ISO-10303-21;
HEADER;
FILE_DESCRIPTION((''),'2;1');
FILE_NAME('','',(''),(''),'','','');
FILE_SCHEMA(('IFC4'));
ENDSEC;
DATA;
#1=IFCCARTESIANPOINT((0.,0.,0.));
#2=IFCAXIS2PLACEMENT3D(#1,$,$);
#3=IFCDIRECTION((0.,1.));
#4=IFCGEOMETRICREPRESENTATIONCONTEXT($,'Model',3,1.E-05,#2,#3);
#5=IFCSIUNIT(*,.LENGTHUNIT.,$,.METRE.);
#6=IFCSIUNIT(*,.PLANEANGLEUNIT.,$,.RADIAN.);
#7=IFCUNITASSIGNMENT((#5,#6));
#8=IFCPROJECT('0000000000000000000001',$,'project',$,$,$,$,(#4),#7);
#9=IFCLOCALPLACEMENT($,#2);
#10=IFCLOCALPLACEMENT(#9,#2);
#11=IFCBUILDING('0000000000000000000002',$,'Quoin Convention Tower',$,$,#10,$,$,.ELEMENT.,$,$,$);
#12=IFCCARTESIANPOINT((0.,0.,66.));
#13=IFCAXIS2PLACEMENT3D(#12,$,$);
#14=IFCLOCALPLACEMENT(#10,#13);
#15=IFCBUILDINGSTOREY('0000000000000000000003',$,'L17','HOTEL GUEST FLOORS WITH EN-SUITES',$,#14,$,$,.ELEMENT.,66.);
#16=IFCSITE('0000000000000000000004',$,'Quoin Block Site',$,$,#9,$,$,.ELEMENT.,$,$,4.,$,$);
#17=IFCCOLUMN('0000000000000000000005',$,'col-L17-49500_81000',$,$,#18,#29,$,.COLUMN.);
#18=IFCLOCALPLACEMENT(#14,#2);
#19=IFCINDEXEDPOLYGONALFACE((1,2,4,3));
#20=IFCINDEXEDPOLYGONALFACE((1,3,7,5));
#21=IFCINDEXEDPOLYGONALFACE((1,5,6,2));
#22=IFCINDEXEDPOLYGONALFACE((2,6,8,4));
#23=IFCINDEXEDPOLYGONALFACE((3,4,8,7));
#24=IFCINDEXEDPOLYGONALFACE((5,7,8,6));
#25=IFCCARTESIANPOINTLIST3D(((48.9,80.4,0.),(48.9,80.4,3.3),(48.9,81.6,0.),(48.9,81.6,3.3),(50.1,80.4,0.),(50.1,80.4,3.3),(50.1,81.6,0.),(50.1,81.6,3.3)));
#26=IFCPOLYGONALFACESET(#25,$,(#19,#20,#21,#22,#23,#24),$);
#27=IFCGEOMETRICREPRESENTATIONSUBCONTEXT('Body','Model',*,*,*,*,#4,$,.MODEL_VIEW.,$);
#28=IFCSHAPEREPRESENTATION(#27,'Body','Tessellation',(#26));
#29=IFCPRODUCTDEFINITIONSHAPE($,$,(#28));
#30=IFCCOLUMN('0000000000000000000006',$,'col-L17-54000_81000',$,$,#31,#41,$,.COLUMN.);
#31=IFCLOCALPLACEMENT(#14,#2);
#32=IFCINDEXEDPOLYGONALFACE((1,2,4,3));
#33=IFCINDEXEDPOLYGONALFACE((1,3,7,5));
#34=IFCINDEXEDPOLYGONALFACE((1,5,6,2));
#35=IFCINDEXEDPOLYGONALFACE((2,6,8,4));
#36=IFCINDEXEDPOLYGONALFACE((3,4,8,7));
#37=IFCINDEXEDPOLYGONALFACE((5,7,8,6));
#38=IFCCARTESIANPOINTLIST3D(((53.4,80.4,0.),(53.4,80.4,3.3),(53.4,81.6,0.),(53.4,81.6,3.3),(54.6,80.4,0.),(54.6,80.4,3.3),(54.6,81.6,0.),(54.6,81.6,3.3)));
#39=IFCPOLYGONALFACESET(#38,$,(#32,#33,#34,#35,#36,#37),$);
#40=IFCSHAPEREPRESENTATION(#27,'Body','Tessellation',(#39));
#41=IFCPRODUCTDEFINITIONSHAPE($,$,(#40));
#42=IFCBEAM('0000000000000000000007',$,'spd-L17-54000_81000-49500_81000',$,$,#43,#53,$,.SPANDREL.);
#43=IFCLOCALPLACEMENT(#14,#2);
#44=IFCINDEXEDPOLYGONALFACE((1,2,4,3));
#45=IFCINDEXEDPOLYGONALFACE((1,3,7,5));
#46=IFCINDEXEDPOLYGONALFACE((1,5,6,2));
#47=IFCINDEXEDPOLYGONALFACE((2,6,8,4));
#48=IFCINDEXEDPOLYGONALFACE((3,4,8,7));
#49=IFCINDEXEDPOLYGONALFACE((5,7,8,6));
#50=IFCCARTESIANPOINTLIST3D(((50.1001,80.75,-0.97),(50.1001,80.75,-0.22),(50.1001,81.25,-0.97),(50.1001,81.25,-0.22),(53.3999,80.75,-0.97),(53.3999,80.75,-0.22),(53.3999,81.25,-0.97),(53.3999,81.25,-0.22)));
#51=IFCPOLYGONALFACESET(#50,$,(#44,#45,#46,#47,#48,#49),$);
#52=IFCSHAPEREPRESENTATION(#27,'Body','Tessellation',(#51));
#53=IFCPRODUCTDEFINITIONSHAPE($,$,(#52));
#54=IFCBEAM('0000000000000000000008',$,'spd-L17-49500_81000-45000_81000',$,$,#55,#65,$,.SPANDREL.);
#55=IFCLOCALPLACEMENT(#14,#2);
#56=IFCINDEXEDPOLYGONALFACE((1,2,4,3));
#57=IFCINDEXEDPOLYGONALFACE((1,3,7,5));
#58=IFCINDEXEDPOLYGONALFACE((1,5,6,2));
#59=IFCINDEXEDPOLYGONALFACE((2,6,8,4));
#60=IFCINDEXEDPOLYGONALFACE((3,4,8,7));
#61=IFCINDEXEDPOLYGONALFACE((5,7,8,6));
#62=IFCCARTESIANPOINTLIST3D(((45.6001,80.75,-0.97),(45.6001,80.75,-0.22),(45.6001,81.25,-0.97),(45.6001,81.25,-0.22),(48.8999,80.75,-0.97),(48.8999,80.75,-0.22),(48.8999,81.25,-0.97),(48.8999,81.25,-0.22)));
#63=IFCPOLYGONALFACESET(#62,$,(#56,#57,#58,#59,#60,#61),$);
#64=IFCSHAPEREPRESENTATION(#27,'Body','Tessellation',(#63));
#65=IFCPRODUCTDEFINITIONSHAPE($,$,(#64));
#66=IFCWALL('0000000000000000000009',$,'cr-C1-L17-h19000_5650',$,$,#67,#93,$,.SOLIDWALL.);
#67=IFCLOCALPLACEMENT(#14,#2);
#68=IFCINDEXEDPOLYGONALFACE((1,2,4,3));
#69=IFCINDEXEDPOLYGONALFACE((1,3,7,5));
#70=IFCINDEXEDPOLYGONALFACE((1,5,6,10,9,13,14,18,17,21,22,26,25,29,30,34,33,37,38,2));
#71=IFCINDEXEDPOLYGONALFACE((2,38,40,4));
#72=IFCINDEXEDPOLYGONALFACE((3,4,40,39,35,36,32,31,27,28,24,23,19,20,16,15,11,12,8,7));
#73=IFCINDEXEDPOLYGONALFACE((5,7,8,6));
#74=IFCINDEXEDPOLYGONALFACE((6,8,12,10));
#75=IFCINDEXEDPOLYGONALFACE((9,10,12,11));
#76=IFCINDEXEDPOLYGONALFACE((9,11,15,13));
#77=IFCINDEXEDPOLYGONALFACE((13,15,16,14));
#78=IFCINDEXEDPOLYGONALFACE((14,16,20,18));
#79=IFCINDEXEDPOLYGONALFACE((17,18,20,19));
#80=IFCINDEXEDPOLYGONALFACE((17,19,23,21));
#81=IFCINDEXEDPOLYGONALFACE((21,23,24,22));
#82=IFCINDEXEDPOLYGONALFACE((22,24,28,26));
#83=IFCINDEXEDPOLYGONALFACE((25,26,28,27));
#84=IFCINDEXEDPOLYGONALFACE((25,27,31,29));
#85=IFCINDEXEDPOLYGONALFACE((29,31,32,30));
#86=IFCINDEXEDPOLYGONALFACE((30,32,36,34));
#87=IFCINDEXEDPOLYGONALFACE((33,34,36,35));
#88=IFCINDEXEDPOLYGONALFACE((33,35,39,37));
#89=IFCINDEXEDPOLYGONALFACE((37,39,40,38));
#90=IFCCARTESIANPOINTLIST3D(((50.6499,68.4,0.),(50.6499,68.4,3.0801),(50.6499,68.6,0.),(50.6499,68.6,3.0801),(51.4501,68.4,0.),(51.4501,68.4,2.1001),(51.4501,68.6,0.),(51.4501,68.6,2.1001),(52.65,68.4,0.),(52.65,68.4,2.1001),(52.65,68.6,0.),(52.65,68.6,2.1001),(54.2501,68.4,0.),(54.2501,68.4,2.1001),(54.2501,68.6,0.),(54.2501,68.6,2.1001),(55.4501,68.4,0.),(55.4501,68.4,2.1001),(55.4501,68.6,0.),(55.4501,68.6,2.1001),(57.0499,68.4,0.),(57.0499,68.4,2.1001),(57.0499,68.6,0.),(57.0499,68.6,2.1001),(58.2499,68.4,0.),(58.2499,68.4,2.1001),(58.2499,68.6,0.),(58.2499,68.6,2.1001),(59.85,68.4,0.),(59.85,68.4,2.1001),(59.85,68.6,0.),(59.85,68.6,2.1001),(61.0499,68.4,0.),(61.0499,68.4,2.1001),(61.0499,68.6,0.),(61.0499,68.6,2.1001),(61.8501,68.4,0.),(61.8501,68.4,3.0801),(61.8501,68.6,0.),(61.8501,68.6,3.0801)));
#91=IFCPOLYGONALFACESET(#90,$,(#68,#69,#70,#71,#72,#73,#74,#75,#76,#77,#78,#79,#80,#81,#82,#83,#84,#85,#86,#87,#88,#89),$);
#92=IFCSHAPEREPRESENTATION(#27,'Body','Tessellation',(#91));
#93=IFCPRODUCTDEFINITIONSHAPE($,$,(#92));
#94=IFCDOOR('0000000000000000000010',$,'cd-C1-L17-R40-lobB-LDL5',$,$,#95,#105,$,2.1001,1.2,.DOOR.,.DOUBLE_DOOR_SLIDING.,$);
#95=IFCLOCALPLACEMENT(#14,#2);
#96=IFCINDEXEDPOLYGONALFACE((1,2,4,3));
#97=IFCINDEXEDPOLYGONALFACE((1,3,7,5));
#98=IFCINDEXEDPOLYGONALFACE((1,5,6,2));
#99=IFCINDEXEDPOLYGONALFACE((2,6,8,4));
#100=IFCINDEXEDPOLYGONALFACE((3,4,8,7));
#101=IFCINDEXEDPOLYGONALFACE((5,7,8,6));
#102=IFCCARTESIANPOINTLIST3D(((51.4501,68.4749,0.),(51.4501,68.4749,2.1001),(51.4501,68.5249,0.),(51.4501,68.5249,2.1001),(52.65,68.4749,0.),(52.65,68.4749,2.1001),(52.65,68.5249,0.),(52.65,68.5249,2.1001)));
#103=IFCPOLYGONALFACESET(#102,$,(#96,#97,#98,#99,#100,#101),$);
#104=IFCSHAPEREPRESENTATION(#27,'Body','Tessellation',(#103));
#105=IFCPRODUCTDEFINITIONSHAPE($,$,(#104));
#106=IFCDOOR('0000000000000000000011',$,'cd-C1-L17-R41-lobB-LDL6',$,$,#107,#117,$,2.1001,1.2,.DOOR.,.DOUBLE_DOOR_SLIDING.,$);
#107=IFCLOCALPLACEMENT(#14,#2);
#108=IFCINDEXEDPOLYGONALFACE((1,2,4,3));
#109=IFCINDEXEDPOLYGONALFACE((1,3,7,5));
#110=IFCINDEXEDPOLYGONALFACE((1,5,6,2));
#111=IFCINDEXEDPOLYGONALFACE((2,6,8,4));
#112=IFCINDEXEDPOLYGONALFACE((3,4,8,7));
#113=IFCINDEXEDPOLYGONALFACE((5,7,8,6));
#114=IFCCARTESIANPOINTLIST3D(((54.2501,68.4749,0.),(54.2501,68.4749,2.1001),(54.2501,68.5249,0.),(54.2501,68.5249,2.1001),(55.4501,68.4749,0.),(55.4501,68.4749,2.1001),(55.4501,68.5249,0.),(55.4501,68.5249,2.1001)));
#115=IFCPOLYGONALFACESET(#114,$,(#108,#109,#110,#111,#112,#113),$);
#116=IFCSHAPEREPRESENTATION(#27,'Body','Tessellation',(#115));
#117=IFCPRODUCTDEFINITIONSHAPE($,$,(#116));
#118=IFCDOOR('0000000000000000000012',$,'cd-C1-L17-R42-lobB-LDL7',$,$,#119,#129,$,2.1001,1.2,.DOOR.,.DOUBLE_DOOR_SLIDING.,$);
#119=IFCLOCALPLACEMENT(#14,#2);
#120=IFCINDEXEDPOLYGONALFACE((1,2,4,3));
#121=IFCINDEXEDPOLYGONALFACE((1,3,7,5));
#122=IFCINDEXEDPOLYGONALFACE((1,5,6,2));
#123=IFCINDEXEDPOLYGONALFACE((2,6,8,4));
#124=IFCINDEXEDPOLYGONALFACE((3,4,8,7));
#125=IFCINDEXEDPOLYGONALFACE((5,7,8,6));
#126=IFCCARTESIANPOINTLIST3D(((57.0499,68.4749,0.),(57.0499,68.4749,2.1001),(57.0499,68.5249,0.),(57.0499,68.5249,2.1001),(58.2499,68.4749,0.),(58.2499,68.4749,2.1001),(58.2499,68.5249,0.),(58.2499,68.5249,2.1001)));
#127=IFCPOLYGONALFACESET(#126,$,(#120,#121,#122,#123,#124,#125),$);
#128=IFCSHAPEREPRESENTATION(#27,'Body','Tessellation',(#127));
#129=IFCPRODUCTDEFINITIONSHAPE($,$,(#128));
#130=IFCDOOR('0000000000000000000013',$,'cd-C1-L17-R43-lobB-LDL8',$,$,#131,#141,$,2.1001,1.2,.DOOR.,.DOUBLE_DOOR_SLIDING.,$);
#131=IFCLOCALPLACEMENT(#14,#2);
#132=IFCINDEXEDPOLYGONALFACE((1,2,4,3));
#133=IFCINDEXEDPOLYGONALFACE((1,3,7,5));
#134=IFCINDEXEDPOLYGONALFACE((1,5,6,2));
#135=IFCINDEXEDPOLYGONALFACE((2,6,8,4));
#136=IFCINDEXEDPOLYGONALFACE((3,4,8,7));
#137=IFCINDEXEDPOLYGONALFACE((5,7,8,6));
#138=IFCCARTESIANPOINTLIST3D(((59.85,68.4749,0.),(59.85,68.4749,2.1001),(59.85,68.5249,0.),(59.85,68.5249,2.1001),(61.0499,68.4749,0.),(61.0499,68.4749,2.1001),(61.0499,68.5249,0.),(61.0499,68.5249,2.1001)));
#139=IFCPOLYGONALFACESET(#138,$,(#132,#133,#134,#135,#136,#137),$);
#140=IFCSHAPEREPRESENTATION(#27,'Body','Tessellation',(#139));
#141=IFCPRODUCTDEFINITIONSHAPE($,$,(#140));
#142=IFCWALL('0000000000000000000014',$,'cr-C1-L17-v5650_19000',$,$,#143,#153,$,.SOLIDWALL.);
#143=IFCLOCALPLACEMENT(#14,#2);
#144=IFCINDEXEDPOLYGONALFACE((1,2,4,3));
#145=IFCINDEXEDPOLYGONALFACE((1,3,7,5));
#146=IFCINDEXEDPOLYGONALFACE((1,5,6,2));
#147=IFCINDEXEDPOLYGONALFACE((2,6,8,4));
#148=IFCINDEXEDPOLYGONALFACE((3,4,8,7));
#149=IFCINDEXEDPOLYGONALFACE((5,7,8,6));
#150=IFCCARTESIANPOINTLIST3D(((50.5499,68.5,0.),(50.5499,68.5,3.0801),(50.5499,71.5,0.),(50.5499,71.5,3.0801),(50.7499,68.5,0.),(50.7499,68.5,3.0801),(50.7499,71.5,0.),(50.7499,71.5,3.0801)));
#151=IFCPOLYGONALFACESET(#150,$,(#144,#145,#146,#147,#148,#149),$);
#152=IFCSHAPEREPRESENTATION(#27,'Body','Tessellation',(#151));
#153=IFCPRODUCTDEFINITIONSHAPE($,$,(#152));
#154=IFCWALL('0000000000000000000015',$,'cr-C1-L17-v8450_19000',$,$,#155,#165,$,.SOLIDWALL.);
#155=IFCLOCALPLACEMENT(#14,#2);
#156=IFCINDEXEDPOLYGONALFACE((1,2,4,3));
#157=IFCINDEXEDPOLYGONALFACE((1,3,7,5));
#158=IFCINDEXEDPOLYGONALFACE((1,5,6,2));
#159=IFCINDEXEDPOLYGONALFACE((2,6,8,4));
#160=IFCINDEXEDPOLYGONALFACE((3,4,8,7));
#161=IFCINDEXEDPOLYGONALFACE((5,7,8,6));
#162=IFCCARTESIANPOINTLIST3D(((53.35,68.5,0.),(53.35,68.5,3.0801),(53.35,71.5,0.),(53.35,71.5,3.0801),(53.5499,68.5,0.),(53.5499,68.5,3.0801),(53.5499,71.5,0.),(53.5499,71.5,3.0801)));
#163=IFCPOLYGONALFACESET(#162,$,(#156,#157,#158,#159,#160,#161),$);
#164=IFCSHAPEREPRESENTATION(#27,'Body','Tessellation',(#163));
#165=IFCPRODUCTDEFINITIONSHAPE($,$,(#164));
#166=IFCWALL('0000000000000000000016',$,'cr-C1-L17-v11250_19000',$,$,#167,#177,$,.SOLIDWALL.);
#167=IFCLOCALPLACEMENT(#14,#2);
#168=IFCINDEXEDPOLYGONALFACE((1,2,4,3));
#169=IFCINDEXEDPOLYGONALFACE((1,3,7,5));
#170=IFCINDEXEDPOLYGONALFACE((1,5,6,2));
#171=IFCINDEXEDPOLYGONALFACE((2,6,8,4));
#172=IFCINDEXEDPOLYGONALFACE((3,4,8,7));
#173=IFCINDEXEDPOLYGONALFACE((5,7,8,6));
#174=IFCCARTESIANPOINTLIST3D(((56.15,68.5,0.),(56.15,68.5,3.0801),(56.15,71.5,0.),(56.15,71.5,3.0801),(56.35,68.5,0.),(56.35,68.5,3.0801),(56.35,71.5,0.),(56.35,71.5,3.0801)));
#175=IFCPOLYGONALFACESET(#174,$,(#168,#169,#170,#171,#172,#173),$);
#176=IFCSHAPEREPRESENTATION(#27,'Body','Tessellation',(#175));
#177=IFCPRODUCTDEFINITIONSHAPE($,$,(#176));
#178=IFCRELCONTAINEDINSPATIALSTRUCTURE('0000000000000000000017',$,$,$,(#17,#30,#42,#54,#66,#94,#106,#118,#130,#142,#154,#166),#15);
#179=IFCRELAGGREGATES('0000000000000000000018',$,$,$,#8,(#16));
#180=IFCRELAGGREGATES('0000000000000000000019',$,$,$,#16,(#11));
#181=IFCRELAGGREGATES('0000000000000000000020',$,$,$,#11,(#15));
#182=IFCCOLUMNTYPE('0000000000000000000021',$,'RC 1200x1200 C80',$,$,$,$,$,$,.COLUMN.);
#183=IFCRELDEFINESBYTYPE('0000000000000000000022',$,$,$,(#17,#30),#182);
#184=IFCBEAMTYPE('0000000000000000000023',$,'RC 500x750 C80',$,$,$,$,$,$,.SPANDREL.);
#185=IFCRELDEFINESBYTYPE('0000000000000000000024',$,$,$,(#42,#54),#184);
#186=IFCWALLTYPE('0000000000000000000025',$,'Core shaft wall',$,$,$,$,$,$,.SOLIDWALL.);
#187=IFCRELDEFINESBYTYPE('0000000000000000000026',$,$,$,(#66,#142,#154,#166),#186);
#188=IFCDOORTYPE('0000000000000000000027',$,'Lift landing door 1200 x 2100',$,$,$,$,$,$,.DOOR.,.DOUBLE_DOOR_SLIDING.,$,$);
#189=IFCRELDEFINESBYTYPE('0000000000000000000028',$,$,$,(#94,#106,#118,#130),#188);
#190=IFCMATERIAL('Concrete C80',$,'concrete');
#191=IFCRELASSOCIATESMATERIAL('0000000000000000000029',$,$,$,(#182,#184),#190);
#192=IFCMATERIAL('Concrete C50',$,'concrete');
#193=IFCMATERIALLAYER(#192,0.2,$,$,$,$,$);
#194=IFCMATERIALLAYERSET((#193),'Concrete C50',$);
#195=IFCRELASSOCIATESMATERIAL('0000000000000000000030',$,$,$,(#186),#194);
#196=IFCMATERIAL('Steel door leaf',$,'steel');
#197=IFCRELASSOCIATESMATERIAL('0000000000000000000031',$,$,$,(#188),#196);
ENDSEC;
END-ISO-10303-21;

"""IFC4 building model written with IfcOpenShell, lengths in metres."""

from ifc_helpers import new_model, si_unit, direction, frame, frame_2d, origin, origin_2d, place, context, subcontext, project, spatial, rectangle, extrude, material, layer, layer_set, material_profile, profile_set, type_object, element, fill, save


model = new_model("IFC4")

# Units and contexts
model_context = context("Model", 3, precision=1e-05, world=origin(), true_north=direction((0.0, 1.0)))
body_context = subcontext(model_context, "Body", "Model", "MODEL_VIEW")
ifc_project = project(units=[si_unit("LENGTHUNIT", "METRE"), si_unit("PLANEANGLEUNIT", "RADIAN")], contexts=[model_context])

# Site, building, storey
site_placement = place(None, origin())
site = spatial("IfcSite", under=ifc_project, at=site_placement, Name="Quoin Block Site", CompositionType="ELEMENT", RefElevation=4.0)
building_placement = place(site_placement, origin())
building = spatial("IfcBuilding", under=site, at=building_placement, Name="Quoin Convention Tower", CompositionType="ELEMENT")
storey_placement = place(building_placement, frame((0.0, 0.0, 66.0)))
storey = spatial("IfcBuildingStorey", under=building, at=storey_placement, Name="L17", Description="HOTEL GUEST FLOORS WITH EN-SUITES", CompositionType="ELEMENT", Elevation=66.0)

# Columns
ifc_material_1 = material(Name="Concrete C80", Category="concrete")
ifc_material_profile_1 = material_profile(ifc_material_1, rectangle(XDim=1.2, YDim=1.2, at=origin_2d()), Name="RC 1200x1200")
ifc_profile_set_1 = profile_set([ifc_material_profile_1], Name="Concrete C80")
column_type = type_object("IfcColumnType", Name="RC 1200x1200 C80", PredefinedType="COLUMN", material=ifc_profile_set_1)
for number, where, z_axis, x_axis, name in (
    (1, (49.5, 81.0, 0.0), (0.0, 0.0, 1.0), (1.0, 0.0, 0.0), "col-L17-49500_81000"),
    (2, (54.0, 81.0, 0.0), (0.0, 0.0, 1.0), (1.0, 0.0, 0.0), "col-L17-54000_81000"),
):
    element("IfcColumn", number, at=place(storey_placement, frame(where, z_axis=z_axis, x_axis=x_axis)), inside=storey, type_object=column_type, Name=name, PredefinedType="COLUMN", context=body_context, shape_type="SweptSolid", body=[
        extrude(rectangle(XDim=1.2, YDim=1.2, at=origin_2d()), origin(), (0.0, 0.0, 1.0), 3.3),
    ])

# Beams
ifc_material_profile_2 = material_profile(ifc_material_1, rectangle(XDim=0.5, YDim=0.75, at=origin_2d()), Name="RC 500x750")
ifc_profile_set_2 = profile_set([ifc_material_profile_2], Name="Concrete C80")
beam_type = type_object("IfcBeamType", Name="RC 500x750 C80", PredefinedType="SPANDREL", material=ifc_profile_set_2)
for number, where, z_axis, x_axis, name in (
    (3, (53.3999, 81.0, -0.595), (-1.0, 0.0, 0.0), (0.0, -1.0, 0.0), "spd-L17-54000_81000-49500_81000"),
    (4, (48.8999, 81.0, -0.595), (-1.0, 0.0, 0.0), (0.0, -1.0, 0.0), "spd-L17-49500_81000-45000_81000"),
):
    element("IfcBeam", number, at=place(storey_placement, frame(where, z_axis=z_axis, x_axis=x_axis)), inside=storey, type_object=beam_type, Name=name, PredefinedType="SPANDREL", context=body_context, shape_type="SweptSolid", body=[
        extrude(rectangle(XDim=0.5, YDim=0.75, at=origin_2d()), origin(), (0.0, 0.0, 1.0), 3.2998),
    ])

# Wall, openings, doors
ifc_material_2 = material(Name="Concrete C50", Category="concrete")
ifc_layer_1 = layer(ifc_material_2, 0.2)
ifc_layer_set_1 = layer_set([ifc_layer_1], Name="Concrete C50")
wall_type_1 = type_object("IfcWallType", Name="Core shaft wall", PredefinedType="SOLIDWALL", material=ifc_layer_set_1)
wall_1_placement = place(storey_placement, frame((50.6499, 68.5, 0.0), z_axis=(0.0, 0.0, 1.0), x_axis=(1.0, 0.0, 0.0)))
wall_1 = element("IfcWall", 5, at=wall_1_placement, inside=storey, type_object=wall_type_1, Name="cr-C1-L17-h19000_5650", PredefinedType="SOLIDWALL", context=body_context, shape_type="SweptSolid", body=[
    extrude(rectangle(XDim=11.2002, YDim=0.2, at=frame_2d((5.6001, 0.0))), origin(), (0.0, 0.0, 1.0), 3.0801),
])
opening_1_placement = place(wall_1_placement, frame((0.8, 0.0, 0.0)))
opening_1 = element("IfcOpeningElement", 6, at=opening_1_placement, cuts=wall_1, PredefinedType="OPENING", context=body_context, shape_type="SweptSolid", body=[
    extrude(rectangle(XDim=1.2, YDim=2.1001, at=frame_2d((0.6001, 1.05))), frame((0.0, 0.1099, 0.0), z_axis=(0.0, -1.0, 0.0), x_axis=(1.0, 0.0, 0.0)), (0.0, 0.0, 1.0), 0.22),
])
opening_2_placement = place(wall_1_placement, frame((3.6001, 0.0, 0.0)))
opening_2 = element("IfcOpeningElement", 7, at=opening_2_placement, cuts=wall_1, PredefinedType="OPENING", context=body_context, shape_type="SweptSolid", body=[
    extrude(rectangle(XDim=1.2, YDim=2.1001, at=frame_2d((0.6001, 1.05))), frame((0.0, 0.1099, 0.0), z_axis=(0.0, -1.0, 0.0), x_axis=(1.0, 0.0, 0.0)), (0.0, 0.0, 1.0), 0.22),
])
opening_3_placement = place(wall_1_placement, frame((6.3999, 0.0, 0.0)))
opening_3 = element("IfcOpeningElement", 8, at=opening_3_placement, cuts=wall_1, PredefinedType="OPENING", context=body_context, shape_type="SweptSolid", body=[
    extrude(rectangle(XDim=1.2, YDim=2.1001, at=frame_2d((0.6001, 1.05))), frame((0.0, 0.1099, 0.0), z_axis=(0.0, -1.0, 0.0), x_axis=(1.0, 0.0, 0.0)), (0.0, 0.0, 1.0), 0.22),
])
opening_4_placement = place(wall_1_placement, frame((9.2, 0.0, 0.0)))
opening_4 = element("IfcOpeningElement", 9, at=opening_4_placement, cuts=wall_1, PredefinedType="OPENING", context=body_context, shape_type="SweptSolid", body=[
    extrude(rectangle(XDim=1.2, YDim=2.1001, at=frame_2d((0.6001, 1.05))), frame((0.0, 0.1099, 0.0), z_axis=(0.0, -1.0, 0.0), x_axis=(1.0, 0.0, 0.0)), (0.0, 0.0, 1.0), 0.22),
])
ifc_material_3 = material(Name="Steel door leaf", Category="steel")
door_type_1 = type_object("IfcDoorType", Name="Lift landing door 1200 x 2100", OperationType="DOUBLE_DOOR_SLIDING", PredefinedType="DOOR", material=ifc_material_3)
door_1_placement = place(opening_1_placement, origin())
door_1 = element("IfcDoor", 10, at=door_1_placement, inside=storey, type_object=door_type_1, Name="cd-C1-L17-R40-lobB-LDL5", OperationType="DOUBLE_DOOR_SLIDING", OverallHeight=2.1001, OverallWidth=1.2, PredefinedType="DOOR", context=body_context, shape_type="SweptSolid", body=[
    extrude(rectangle(XDim=1.2, YDim=2.1001, at=frame_2d((0.6001, 1.05))), frame((0.0, 0.0249, 0.0), z_axis=(0.0, -1.0, 0.0), x_axis=(1.0, 0.0, 0.0)), (0.0, 0.0, 1.0), 0.05),
])
fill(opening_1, door_1)
door_2_placement = place(opening_2_placement, origin())
door_2 = element("IfcDoor", 11, at=door_2_placement, inside=storey, type_object=door_type_1, Name="cd-C1-L17-R41-lobB-LDL6", OperationType="DOUBLE_DOOR_SLIDING", OverallHeight=2.1001, OverallWidth=1.2, PredefinedType="DOOR", context=body_context, shape_type="SweptSolid", body=[
    extrude(rectangle(XDim=1.2, YDim=2.1001, at=frame_2d((0.6001, 1.05))), frame((0.0, 0.0249, 0.0), z_axis=(0.0, -1.0, 0.0), x_axis=(1.0, 0.0, 0.0)), (0.0, 0.0, 1.0), 0.05),
])
fill(opening_2, door_2)
door_3_placement = place(opening_3_placement, origin())
door_3 = element("IfcDoor", 12, at=door_3_placement, inside=storey, type_object=door_type_1, Name="cd-C1-L17-R42-lobB-LDL7", OperationType="DOUBLE_DOOR_SLIDING", OverallHeight=2.1001, OverallWidth=1.2, PredefinedType="DOOR", context=body_context, shape_type="SweptSolid", body=[
    extrude(rectangle(XDim=1.2, YDim=2.1001, at=frame_2d((0.6001, 1.05))), frame((0.0, 0.0249, 0.0), z_axis=(0.0, -1.0, 0.0), x_axis=(1.0, 0.0, 0.0)), (0.0, 0.0, 1.0), 0.05),
])
fill(opening_3, door_3)
door_4_placement = place(opening_4_placement, origin())
door_4 = element("IfcDoor", 13, at=door_4_placement, inside=storey, type_object=door_type_1, Name="cd-C1-L17-R43-lobB-LDL8", OperationType="DOUBLE_DOOR_SLIDING", OverallHeight=2.1001, OverallWidth=1.2, PredefinedType="DOOR", context=body_context, shape_type="SweptSolid", body=[
    extrude(rectangle(XDim=1.2, YDim=2.1001, at=frame_2d((0.6001, 1.05))), frame((0.0, 0.0249, 0.0), z_axis=(0.0, -1.0, 0.0), x_axis=(1.0, 0.0, 0.0)), (0.0, 0.0, 1.0), 0.05),
])
fill(opening_4, door_4)

# Walls
for number, where, z_axis, x_axis, name in (
    (14, (50.6499, 68.5, 0.0), (0.0, 0.0, 1.0), (0.0, 1.0, 0.0), "cr-C1-L17-v5650_19000"),
    (15, (53.45, 68.5, 0.0), (0.0, 0.0, 1.0), (0.0, 1.0, 0.0), "cr-C1-L17-v8450_19000"),
    (16, (56.25, 68.5, 0.0), (0.0, 0.0, 1.0), (0.0, 1.0, 0.0), "cr-C1-L17-v11250_19000"),
):
    element("IfcWall", number, at=place(storey_placement, frame(where, z_axis=z_axis, x_axis=x_axis)), inside=storey, type_object=wall_type_1, Name=name, PredefinedType="SOLIDWALL", context=body_context, shape_type="SweptSolid", body=[
        extrude(rectangle(XDim=3.0, YDim=0.2, at=frame_2d((1.5, 0.0))), origin(), (0.0, 0.0, 1.0), 3.0801),
    ])

save(model, "model.ifc")
